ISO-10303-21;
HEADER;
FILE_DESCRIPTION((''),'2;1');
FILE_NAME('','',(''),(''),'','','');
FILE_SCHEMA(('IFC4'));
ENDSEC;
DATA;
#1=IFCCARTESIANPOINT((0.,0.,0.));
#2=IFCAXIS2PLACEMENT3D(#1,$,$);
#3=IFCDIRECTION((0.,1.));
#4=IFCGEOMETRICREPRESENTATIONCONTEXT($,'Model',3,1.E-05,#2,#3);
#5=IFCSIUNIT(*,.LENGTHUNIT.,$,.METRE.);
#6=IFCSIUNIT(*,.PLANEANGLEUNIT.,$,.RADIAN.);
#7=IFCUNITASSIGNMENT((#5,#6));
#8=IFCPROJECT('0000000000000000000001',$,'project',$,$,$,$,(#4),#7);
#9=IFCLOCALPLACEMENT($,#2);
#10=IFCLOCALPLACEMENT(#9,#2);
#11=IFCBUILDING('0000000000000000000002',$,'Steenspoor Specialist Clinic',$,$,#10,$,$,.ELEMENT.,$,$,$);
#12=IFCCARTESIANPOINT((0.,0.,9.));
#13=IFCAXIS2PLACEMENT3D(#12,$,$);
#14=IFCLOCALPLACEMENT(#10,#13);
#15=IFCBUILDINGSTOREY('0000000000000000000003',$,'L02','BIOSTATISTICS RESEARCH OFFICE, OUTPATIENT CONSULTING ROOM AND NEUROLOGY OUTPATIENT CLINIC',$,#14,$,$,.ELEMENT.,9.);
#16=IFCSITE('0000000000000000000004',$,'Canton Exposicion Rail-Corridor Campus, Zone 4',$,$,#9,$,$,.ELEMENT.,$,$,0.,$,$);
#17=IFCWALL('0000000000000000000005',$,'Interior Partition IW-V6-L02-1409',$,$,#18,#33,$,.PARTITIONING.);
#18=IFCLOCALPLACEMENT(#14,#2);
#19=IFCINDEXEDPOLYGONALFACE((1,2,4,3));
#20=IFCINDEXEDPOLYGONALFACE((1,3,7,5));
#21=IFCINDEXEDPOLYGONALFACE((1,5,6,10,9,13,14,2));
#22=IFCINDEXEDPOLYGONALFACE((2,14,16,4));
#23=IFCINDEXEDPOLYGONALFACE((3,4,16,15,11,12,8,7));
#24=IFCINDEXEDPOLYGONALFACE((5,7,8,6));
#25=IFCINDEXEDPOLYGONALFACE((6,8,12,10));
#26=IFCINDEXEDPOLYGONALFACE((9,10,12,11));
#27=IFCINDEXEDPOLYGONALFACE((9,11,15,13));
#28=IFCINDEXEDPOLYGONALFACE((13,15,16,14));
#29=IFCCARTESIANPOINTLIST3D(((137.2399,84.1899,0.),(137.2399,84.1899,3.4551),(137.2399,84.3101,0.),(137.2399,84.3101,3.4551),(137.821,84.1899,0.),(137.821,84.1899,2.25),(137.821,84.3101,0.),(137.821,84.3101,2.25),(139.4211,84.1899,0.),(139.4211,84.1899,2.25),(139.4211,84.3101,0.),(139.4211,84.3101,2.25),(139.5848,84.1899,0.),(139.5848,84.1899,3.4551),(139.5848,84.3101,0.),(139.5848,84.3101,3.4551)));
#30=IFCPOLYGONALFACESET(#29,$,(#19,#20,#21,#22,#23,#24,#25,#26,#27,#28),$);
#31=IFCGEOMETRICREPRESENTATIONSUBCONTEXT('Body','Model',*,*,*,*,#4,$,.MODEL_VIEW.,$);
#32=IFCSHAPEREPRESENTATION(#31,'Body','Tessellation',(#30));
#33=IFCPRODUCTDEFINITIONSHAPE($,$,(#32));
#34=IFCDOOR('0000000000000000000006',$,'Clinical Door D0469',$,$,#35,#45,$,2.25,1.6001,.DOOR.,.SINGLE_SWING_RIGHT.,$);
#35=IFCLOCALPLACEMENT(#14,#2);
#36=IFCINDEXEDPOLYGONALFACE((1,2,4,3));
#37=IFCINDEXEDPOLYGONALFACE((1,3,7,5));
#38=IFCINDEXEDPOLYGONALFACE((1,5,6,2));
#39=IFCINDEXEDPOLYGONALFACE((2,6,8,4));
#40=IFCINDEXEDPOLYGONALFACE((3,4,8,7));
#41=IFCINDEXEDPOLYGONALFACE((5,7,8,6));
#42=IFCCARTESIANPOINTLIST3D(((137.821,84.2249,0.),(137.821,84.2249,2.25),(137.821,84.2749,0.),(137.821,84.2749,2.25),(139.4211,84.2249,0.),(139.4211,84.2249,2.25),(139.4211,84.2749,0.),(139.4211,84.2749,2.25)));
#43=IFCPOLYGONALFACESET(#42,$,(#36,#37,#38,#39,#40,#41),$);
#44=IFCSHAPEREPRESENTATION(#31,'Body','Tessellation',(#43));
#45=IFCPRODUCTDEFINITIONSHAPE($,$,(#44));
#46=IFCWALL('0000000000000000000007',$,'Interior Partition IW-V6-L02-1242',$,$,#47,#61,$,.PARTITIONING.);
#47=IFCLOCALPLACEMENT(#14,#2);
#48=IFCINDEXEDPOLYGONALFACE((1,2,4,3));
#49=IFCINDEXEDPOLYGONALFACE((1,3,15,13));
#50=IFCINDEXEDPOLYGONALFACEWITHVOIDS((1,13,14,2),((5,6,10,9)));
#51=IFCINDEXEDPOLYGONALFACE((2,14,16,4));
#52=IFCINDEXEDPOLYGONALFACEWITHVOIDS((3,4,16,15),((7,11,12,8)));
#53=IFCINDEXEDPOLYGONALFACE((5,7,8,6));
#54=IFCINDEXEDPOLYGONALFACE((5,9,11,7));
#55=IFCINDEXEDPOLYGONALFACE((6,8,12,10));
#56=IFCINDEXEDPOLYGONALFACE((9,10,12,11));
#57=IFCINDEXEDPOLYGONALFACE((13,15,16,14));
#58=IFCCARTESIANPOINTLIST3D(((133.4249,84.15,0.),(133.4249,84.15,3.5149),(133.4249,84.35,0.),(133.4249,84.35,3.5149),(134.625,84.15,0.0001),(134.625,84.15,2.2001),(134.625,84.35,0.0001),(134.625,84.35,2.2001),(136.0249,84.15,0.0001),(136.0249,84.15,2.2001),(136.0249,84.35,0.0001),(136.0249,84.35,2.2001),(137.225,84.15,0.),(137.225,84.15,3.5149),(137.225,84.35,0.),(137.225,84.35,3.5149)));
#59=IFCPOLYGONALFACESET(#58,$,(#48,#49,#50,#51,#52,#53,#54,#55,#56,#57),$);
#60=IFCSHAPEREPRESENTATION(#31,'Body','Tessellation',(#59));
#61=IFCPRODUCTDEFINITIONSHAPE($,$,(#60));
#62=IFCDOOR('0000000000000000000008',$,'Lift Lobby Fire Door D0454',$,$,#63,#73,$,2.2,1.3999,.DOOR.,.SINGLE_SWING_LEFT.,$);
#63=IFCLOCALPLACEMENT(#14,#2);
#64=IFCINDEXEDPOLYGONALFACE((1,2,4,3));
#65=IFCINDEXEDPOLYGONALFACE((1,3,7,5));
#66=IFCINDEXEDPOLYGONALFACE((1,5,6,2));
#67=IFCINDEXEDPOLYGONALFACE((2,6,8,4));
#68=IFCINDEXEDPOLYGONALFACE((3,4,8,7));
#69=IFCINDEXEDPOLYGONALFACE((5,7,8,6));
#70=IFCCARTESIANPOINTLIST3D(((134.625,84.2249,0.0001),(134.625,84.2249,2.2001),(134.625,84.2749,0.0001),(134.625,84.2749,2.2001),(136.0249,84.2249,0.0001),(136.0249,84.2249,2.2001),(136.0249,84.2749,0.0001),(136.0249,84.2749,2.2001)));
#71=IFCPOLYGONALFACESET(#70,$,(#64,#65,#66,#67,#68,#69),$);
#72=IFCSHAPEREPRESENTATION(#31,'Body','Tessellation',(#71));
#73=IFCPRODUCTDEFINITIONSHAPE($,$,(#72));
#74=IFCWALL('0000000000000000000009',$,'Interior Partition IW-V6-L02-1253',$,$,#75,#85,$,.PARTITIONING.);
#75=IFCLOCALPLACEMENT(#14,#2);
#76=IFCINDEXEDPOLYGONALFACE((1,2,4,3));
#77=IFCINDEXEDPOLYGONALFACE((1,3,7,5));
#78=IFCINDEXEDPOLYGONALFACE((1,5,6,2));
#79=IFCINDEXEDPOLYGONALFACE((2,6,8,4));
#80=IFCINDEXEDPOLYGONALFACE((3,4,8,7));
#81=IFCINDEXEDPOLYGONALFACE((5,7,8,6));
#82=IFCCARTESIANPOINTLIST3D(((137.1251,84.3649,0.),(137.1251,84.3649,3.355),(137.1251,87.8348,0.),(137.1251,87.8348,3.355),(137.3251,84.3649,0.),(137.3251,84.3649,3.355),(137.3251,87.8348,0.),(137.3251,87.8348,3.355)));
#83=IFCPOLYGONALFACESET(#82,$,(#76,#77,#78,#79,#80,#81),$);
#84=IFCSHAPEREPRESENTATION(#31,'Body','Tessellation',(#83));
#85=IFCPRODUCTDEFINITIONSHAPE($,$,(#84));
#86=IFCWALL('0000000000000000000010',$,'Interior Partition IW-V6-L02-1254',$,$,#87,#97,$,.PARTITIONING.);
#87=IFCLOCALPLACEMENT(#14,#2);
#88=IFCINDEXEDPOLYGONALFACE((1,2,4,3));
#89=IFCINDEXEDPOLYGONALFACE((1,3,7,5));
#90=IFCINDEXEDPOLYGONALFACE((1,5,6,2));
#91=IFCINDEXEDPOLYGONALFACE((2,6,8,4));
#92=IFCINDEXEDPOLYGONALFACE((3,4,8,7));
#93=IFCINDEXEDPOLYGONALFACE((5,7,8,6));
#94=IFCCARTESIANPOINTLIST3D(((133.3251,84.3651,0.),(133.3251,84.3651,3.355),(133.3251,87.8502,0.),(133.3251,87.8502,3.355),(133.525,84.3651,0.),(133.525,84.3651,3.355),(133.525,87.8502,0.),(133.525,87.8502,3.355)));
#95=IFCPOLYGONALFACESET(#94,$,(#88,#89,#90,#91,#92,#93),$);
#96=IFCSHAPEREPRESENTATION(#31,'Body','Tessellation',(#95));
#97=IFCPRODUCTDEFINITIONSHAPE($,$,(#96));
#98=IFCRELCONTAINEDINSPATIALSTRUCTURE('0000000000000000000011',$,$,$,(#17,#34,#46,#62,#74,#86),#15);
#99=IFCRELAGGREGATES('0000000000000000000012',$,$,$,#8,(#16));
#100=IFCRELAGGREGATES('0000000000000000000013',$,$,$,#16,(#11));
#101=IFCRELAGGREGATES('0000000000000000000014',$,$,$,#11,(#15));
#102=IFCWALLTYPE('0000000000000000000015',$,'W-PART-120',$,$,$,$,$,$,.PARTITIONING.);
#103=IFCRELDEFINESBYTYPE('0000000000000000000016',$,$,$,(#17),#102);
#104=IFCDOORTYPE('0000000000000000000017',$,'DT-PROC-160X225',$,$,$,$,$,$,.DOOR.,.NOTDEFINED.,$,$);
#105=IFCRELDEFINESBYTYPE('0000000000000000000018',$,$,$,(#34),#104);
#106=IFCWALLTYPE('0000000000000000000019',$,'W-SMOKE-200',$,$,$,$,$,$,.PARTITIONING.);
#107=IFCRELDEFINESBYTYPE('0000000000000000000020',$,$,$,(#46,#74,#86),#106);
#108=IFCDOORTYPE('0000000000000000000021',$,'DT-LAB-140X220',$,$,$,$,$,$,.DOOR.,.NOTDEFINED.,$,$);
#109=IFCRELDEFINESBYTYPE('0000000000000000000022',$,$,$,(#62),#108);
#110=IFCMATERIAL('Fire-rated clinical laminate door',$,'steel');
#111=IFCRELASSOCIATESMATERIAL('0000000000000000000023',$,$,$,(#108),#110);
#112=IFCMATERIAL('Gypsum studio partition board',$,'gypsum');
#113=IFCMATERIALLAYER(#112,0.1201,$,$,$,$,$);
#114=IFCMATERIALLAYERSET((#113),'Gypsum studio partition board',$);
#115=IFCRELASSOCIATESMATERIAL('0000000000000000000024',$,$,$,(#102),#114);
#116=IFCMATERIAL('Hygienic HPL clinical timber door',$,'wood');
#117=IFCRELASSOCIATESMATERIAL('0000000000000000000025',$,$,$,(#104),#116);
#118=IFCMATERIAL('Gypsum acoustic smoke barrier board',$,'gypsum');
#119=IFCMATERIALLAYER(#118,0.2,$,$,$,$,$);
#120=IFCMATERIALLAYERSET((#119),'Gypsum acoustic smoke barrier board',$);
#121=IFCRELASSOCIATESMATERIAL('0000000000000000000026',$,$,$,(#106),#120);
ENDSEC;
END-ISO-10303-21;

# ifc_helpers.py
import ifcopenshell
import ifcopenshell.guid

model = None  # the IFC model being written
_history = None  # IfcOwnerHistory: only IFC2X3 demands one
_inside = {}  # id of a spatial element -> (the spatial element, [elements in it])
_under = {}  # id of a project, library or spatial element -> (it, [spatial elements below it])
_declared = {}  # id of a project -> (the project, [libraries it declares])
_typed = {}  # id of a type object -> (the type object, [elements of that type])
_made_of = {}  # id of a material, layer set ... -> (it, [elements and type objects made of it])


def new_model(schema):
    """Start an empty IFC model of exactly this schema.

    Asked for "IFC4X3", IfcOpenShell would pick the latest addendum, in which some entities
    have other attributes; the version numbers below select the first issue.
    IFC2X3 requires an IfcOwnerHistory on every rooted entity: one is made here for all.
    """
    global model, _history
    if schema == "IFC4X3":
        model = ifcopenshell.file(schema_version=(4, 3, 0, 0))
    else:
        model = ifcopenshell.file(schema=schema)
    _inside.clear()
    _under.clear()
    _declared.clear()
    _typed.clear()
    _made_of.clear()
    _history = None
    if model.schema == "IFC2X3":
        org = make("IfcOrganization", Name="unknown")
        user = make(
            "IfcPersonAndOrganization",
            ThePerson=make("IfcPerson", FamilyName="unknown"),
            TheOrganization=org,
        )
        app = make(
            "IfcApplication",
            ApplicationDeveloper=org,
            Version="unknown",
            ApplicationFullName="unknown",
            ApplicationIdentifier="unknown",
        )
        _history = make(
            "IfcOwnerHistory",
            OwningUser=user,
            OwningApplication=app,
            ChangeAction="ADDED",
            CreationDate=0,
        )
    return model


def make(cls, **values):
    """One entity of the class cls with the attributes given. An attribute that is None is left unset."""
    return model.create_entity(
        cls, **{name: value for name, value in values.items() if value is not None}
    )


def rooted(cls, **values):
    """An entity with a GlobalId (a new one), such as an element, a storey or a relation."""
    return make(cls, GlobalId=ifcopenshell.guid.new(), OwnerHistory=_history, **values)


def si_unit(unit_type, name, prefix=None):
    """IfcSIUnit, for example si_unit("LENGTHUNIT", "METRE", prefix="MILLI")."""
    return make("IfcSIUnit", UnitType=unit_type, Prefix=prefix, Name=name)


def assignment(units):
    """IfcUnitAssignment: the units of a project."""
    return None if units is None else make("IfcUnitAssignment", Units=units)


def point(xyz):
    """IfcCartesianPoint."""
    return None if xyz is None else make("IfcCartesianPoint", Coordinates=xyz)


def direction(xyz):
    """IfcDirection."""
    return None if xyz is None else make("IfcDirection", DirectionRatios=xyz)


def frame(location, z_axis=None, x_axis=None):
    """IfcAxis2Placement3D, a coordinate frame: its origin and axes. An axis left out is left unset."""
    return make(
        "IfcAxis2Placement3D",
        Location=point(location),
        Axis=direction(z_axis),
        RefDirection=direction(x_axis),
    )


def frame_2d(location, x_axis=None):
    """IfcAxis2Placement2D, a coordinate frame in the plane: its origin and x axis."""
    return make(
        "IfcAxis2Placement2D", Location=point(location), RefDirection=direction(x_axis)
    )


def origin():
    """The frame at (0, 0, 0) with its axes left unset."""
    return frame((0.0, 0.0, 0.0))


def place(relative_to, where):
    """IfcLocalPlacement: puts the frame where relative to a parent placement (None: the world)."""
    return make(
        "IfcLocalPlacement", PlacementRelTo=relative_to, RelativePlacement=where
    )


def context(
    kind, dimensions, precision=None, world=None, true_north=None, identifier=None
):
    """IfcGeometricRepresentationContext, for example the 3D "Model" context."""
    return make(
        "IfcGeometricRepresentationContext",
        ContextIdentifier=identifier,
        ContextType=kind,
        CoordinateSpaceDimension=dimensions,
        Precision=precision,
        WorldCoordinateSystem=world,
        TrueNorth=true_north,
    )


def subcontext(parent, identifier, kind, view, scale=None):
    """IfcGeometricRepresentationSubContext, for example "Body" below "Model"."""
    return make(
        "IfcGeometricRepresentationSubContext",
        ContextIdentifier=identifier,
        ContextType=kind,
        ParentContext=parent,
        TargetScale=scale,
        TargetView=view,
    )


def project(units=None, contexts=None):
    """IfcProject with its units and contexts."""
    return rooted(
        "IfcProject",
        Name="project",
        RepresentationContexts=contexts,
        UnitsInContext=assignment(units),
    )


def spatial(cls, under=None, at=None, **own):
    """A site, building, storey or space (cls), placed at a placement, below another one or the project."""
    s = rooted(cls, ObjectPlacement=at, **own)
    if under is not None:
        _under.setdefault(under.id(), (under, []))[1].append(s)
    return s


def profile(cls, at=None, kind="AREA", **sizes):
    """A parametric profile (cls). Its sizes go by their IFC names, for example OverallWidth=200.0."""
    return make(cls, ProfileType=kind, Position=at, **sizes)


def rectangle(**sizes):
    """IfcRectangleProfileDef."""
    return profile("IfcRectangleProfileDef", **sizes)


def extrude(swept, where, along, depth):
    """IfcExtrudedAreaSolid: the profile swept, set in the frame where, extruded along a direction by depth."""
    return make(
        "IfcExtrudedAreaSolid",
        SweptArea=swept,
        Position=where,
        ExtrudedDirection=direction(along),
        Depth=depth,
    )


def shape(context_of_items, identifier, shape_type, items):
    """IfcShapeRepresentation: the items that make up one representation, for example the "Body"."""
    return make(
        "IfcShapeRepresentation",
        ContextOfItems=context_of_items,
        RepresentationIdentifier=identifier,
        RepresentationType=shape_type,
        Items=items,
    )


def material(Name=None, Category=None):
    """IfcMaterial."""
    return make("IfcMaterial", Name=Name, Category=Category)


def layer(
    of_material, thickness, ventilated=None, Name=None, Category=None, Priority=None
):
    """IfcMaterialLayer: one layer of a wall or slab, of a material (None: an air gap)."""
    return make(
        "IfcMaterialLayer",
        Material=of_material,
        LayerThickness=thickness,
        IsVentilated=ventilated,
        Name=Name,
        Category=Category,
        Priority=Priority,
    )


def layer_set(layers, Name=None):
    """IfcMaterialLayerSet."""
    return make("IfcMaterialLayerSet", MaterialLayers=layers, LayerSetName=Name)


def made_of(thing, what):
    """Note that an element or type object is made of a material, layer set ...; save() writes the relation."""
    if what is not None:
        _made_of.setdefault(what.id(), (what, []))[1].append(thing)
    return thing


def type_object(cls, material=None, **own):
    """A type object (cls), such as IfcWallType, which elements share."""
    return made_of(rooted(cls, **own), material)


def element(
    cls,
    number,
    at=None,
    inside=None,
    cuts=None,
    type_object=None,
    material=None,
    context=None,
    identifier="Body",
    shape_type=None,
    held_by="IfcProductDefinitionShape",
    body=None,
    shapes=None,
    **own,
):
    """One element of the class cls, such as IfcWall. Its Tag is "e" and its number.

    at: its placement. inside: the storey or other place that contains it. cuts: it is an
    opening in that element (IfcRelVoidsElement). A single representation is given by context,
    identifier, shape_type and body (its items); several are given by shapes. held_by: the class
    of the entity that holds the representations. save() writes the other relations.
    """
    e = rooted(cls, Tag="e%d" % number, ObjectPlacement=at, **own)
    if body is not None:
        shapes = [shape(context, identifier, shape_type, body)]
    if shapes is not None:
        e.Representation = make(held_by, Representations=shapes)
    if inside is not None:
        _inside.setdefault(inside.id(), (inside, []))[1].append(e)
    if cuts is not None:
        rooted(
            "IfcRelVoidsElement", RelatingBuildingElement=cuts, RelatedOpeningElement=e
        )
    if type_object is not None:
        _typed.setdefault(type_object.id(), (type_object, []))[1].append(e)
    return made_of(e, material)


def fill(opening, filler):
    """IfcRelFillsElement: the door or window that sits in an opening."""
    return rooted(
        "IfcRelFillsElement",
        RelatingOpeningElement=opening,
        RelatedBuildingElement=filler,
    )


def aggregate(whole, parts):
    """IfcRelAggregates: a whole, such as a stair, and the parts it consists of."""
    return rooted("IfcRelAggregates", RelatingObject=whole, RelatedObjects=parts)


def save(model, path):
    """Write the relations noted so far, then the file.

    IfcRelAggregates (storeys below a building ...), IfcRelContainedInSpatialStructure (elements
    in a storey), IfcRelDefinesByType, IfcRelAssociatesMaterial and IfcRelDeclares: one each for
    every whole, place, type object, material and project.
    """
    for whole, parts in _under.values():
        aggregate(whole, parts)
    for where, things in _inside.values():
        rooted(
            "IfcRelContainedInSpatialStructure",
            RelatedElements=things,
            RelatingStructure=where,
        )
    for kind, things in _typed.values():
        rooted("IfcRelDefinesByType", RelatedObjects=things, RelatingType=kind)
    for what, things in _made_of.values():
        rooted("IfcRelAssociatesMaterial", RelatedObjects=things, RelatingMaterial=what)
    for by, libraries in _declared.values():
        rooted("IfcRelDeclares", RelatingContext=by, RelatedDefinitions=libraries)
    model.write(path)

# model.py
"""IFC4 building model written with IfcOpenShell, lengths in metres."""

from ifc_helpers import new_model, si_unit, direction, frame, frame_2d, origin, place, context, subcontext, project, spatial, rectangle, extrude, material, layer, layer_set, type_object, element, fill, save


model = new_model("IFC4")

# Units and contexts
model_context = context("Model", 3, precision=1e-05, world=origin(), true_north=direction((0.0, 1.0)))
body_context = subcontext(model_context, "Body", "Model", "MODEL_VIEW")
ifc_project = project(units=[si_unit("LENGTHUNIT", "METRE"), si_unit("PLANEANGLEUNIT", "RADIAN")], contexts=[model_context])

# Site, building, storey
site_placement = place(None, origin())
site = spatial("IfcSite", under=ifc_project, at=site_placement, Name="Canton Exposicion Rail-Corridor Campus, Zone 4", CompositionType="ELEMENT", RefElevation=0.0)
building_placement = place(site_placement, origin())
building = spatial("IfcBuilding", under=site, at=building_placement, Name="Steenspoor Specialist Clinic", CompositionType="ELEMENT")
storey_placement = place(building_placement, frame((0.0, 0.0, 9.0)))
storey = spatial("IfcBuildingStorey", under=building, at=storey_placement, Name="L02", Description="BIOSTATISTICS RESEARCH OFFICE, OUTPATIENT CONSULTING ROOM AND NEUROLOGY OUTPATIENT CLINIC", CompositionType="ELEMENT", Elevation=9.0)

# Shared definitions
ifc_material_1 = material(Name="Fire-rated clinical laminate door", Category="steel")
door_type_1 = type_object("IfcDoorType", Name="DT-LAB-140X220", OperationType="NOTDEFINED", PredefinedType="DOOR", material=ifc_material_1)

# Walls, openings, doors
ifc_material_2 = material(Name="Gypsum studio partition board", Category="gypsum")
ifc_layer_1 = layer(ifc_material_2, 0.1201)
ifc_layer_set_1 = layer_set([ifc_layer_1], Name="Gypsum studio partition board")
wall_type_1 = type_object("IfcWallType", Name="W-PART-120", PredefinedType="PARTITIONING", material=ifc_layer_set_1)
ifc_material_3 = material(Name="Hygienic HPL clinical timber door", Category="wood")
door_type_2 = type_object("IfcDoorType", Name="DT-PROC-160X225", OperationType="NOTDEFINED", PredefinedType="DOOR", material=ifc_material_3)
wall_1_placement = place(storey_placement, frame((137.24, 84.25, 0.0), z_axis=(0.0, 0.0, 1.0), x_axis=(1.0, 0.0, 0.0)))
wall_1 = element("IfcWall", 1, at=wall_1_placement, inside=storey, type_object=wall_type_1, Name="Interior Partition IW-V6-L02-1409", PredefinedType="PARTITIONING", context=body_context, shape_type="SweptSolid", body=[
    extrude(rectangle(XDim=2.345, YDim=0.1201, at=frame_2d((1.1724, 0.0))), origin(), (0.0, 0.0, 1.0), 3.4551),
])
opening_1_placement = place(wall_1_placement, frame((0.5811, 0.0, 0.0)))
opening_1 = element("IfcOpeningElement", 2, at=opening_1_placement, cuts=wall_1, PredefinedType="OPENING", context=body_context, shape_type="SweptSolid", body=[
    extrude(rectangle(XDim=1.6001, YDim=2.25, at=frame_2d((0.8, 1.125))), frame((0.0, 0.0701, 0.0), z_axis=(0.0, -1.0, 0.0), x_axis=(1.0, 0.0, 0.0)), (0.0, 0.0, 1.0), 0.1401),
])
door_1_placement = place(opening_1_placement, origin())
door_1 = element("IfcDoor", 3, at=door_1_placement, inside=storey, type_object=door_type_2, Name="Clinical Door D0469", OperationType="SINGLE_SWING_RIGHT", OverallHeight=2.25, OverallWidth=1.6001, PredefinedType="DOOR", context=body_context, shape_type="SweptSolid", body=[
    extrude(rectangle(XDim=1.6001, YDim=2.25, at=frame_2d((0.8, 1.125))), frame((0.0, 0.0249, 0.0), z_axis=(0.0, -1.0, 0.0), x_axis=(1.0, 0.0, 0.0)), (0.0, 0.0, 1.0), 0.05),
])
fill(opening_1, door_1)
ifc_material_4 = material(Name="Gypsum acoustic smoke barrier board", Category="gypsum")
ifc_layer_2 = layer(ifc_material_4, 0.2)
ifc_layer_set_2 = layer_set([ifc_layer_2], Name="Gypsum acoustic smoke barrier board")
wall_type_2 = type_object("IfcWallType", Name="W-SMOKE-200", PredefinedType="PARTITIONING", material=ifc_layer_set_2)
wall_2_placement = place(storey_placement, frame((133.425, 84.25, 0.0), z_axis=(0.0, 0.0, 1.0), x_axis=(1.0, 0.0, 0.0)))
wall_2 = element("IfcWall", 4, at=wall_2_placement, inside=storey, type_object=wall_type_2, Name="Interior Partition IW-V6-L02-1242", PredefinedType="PARTITIONING", context=body_context, shape_type="SweptSolid", body=[
    extrude(rectangle(XDim=3.8, YDim=0.2, at=frame_2d((1.8999, 0.0))), origin(), (0.0, 0.0, 1.0), 3.5149),
])
opening_2_placement = place(wall_2_placement, frame((1.2, 0.0, 0.0)))
opening_2 = element("IfcOpeningElement", 5, at=opening_2_placement, cuts=wall_2, PredefinedType="OPENING", context=body_context, shape_type="SweptSolid", body=[
    extrude(rectangle(XDim=1.3999, YDim=2.2, at=frame_2d((0.7, 1.1001))), frame((0.0, 0.1099, 0.0), z_axis=(0.0, -1.0, 0.0), x_axis=(1.0, 0.0, 0.0)), (0.0, 0.0, 1.0), 0.22),
])
door_2_placement = place(opening_2_placement, origin())
door_2 = element("IfcDoor", 6, at=door_2_placement, inside=storey, type_object=door_type_1, Name="Lift Lobby Fire Door D0454", OperationType="SINGLE_SWING_LEFT", OverallHeight=2.2, OverallWidth=1.3999, PredefinedType="DOOR", context=body_context, shape_type="SweptSolid", body=[
    extrude(rectangle(XDim=1.3999, YDim=2.2, at=frame_2d((0.7, 1.1001))), frame((0.0, 0.0249, 0.0), z_axis=(0.0, -1.0, 0.0), x_axis=(1.0, 0.0, 0.0)), (0.0, 0.0, 1.0), 0.05),
])
fill(opening_2, door_2)

# Walls
wall_3_placement = place(storey_placement, frame((137.2251, 84.365, 0.0), z_axis=(0.0, 0.0, 1.0), x_axis=(0.0, 1.0, 0.0)))
element("IfcWall", 7, at=wall_3_placement, inside=storey, type_object=wall_type_2, Name="Interior Partition IW-V6-L02-1253", PredefinedType="PARTITIONING", context=body_context, shape_type="SweptSolid", body=[
    extrude(rectangle(XDim=3.47, YDim=0.2, at=frame_2d((1.7349, 0.0))), origin(), (0.0, 0.0, 1.0), 3.355),
])
wall_4_placement = place(storey_placement, frame((133.425, 84.365, 0.0), z_axis=(0.0, 0.0, 1.0), x_axis=(0.0, 1.0, 0.0)))
element("IfcWall", 8, at=wall_4_placement, inside=storey, type_object=wall_type_2, Name="Interior Partition IW-V6-L02-1254", PredefinedType="PARTITIONING", context=body_context, shape_type="SweptSolid", body=[
    extrude(rectangle(XDim=3.4851, YDim=0.2, at=frame_2d((1.7427, 0.0))), origin(), (0.0, 0.0, 1.0), 3.355),
])

save(model, "model.ifc")
